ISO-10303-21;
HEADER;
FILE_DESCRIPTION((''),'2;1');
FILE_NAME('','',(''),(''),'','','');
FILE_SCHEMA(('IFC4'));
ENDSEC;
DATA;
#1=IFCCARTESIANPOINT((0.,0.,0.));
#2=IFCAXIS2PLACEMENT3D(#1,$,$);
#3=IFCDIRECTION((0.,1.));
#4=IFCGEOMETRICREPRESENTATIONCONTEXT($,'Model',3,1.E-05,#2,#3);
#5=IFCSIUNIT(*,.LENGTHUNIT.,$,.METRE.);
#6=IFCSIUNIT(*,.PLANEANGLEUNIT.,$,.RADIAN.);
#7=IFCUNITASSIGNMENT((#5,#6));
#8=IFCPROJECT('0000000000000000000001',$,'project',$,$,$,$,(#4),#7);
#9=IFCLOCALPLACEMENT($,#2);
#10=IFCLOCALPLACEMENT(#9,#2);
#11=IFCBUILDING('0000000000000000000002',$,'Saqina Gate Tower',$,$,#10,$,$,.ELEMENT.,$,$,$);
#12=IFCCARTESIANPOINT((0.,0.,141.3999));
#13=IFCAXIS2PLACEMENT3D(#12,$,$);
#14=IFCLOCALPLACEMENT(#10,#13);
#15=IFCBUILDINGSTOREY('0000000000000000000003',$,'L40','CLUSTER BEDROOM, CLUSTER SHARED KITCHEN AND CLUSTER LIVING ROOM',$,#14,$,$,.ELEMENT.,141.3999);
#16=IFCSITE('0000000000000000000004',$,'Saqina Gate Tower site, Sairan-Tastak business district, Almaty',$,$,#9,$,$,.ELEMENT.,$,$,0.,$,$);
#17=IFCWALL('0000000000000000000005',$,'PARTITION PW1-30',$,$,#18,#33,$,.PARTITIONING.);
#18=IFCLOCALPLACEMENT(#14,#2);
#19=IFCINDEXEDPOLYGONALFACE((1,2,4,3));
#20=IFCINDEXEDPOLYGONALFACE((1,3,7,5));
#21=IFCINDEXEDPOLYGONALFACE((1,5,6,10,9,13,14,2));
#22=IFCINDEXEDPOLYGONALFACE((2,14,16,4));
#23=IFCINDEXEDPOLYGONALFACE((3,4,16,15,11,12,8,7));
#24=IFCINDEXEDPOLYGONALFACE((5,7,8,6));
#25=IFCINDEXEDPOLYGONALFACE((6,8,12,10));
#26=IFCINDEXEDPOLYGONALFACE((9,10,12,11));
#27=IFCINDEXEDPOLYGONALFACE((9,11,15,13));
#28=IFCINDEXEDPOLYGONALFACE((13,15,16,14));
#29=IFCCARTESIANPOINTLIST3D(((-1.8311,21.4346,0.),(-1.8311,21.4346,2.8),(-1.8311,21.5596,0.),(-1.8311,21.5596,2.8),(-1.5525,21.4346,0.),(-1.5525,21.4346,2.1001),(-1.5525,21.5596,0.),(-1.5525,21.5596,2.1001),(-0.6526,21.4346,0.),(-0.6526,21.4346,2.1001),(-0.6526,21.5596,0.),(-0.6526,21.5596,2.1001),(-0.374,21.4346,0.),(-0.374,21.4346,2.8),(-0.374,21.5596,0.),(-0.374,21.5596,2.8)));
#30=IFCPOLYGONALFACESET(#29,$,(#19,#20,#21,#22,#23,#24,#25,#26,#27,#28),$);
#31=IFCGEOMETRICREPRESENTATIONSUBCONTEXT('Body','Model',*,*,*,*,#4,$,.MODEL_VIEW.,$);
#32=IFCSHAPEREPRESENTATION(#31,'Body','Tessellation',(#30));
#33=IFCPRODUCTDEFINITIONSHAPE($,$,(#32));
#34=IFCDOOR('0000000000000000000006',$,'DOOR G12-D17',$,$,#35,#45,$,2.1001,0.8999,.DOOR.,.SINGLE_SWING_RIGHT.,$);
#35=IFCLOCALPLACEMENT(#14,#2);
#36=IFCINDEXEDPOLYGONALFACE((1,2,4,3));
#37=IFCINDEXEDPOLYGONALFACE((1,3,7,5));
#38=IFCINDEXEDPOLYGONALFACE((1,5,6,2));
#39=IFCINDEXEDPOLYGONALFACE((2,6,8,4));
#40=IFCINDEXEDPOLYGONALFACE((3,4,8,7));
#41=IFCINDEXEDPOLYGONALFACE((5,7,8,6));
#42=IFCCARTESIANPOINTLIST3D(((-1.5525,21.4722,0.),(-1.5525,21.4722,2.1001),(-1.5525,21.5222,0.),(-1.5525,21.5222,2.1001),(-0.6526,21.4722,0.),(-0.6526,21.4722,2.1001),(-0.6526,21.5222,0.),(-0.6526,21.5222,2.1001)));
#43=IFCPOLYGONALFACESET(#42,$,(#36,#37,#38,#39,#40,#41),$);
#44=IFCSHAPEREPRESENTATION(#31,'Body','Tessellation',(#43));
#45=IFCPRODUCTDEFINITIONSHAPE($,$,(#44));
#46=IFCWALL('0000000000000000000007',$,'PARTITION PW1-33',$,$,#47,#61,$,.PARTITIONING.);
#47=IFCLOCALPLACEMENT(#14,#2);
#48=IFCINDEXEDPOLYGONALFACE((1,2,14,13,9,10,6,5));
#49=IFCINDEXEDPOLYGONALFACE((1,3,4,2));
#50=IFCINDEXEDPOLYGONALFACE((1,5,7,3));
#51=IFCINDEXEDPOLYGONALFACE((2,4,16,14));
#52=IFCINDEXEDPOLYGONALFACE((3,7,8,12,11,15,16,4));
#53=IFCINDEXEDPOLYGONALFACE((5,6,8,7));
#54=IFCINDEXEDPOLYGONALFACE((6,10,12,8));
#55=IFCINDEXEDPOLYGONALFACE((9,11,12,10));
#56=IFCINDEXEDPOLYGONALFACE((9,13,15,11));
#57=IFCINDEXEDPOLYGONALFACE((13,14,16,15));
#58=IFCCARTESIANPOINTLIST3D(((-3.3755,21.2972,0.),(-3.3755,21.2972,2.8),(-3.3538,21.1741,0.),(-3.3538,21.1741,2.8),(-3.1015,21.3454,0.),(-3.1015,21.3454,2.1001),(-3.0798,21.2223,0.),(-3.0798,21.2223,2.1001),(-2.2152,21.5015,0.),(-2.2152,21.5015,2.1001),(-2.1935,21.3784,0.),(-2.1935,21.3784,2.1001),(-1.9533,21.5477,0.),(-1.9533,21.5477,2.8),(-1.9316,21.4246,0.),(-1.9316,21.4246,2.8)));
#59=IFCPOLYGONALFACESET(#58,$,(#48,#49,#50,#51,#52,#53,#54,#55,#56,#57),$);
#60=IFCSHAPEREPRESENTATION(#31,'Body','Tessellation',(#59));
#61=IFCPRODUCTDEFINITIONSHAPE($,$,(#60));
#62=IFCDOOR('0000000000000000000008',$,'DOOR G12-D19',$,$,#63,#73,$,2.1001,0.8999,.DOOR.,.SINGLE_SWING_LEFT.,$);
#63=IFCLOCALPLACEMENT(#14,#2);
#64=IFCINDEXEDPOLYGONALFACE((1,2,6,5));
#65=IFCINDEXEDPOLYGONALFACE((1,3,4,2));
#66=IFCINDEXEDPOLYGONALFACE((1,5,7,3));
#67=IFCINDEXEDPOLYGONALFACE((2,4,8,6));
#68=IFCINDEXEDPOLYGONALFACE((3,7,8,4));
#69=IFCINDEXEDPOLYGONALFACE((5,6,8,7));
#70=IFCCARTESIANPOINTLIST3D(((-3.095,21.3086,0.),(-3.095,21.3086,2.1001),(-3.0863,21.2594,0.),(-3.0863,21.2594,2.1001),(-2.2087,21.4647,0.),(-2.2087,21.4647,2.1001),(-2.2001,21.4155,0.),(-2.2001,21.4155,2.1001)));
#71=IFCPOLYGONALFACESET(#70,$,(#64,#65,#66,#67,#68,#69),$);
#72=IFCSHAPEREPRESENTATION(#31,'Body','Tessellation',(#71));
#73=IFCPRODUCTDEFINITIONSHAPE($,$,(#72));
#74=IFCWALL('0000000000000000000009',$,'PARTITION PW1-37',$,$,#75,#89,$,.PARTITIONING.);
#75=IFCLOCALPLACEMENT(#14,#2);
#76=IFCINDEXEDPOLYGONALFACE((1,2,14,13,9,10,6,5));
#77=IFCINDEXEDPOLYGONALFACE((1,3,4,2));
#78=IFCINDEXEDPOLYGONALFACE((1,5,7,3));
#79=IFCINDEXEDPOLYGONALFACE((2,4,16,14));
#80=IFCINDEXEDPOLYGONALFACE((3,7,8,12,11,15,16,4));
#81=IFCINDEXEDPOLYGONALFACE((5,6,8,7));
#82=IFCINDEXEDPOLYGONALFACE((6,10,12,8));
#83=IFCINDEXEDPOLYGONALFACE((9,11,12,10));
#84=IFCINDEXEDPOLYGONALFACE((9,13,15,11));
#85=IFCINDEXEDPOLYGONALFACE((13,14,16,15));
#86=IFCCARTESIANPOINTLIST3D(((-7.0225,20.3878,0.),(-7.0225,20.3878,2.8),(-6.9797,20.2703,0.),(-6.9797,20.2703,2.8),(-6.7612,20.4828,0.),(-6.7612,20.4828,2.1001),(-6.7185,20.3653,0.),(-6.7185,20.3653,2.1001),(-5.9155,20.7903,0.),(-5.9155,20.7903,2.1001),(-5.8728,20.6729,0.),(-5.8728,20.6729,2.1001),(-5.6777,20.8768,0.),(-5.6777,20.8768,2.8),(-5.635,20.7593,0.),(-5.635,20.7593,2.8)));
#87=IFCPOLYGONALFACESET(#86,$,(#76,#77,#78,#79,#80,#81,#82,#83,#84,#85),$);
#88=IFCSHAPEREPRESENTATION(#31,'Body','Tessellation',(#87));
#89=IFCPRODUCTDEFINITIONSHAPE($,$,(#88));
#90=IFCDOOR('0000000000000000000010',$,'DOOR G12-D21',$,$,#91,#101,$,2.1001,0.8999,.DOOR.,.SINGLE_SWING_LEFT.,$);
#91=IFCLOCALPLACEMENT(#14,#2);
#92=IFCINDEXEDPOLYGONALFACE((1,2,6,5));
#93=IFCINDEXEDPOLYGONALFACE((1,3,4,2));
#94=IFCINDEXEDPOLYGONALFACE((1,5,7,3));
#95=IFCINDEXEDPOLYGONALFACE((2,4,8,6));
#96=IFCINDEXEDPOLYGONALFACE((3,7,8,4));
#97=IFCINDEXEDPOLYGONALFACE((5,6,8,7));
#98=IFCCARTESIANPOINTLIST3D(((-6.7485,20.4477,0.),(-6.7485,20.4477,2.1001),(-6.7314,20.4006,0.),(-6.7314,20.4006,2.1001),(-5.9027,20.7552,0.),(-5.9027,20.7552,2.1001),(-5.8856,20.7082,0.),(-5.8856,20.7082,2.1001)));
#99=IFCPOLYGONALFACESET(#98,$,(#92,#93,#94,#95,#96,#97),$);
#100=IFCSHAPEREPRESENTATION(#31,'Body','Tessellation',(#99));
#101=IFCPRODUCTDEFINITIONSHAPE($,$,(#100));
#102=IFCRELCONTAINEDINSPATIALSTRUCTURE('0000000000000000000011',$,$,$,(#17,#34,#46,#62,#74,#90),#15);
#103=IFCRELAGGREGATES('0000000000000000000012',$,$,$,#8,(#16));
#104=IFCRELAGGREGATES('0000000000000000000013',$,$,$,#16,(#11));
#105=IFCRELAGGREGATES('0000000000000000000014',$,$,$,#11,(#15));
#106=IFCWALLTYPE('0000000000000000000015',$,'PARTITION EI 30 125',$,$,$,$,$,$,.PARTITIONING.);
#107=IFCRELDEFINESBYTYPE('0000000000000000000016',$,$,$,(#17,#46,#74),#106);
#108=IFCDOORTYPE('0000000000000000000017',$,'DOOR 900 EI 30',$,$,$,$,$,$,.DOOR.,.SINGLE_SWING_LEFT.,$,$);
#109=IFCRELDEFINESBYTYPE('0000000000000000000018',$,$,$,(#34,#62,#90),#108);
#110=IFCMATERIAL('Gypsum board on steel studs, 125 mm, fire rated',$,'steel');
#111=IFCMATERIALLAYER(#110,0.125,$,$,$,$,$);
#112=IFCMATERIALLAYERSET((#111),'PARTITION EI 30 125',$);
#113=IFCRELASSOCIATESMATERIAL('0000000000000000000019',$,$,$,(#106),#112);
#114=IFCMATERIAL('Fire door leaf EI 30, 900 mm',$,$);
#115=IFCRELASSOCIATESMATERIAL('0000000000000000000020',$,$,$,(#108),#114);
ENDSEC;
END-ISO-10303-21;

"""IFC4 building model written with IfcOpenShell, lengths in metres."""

from ifc_helpers import new_model, si_unit, direction, frame, frame_2d, origin, place, context, subcontext, project, spatial, rectangle, extrude, material, layer, layer_set, type_object, element, fill, save


model = new_model("IFC4")

# Units and contexts
model_context = context("Model", 3, precision=1e-05, world=origin(), true_north=direction((0.0, 1.0)))
body_context = subcontext(model_context, "Body", "Model", "MODEL_VIEW")
ifc_project = project(units=[si_unit("LENGTHUNIT", "METRE"), si_unit("PLANEANGLEUNIT", "RADIAN")], contexts=[model_context])

# Site, building, storey
site_placement = place(None, origin())
site = spatial("IfcSite", under=ifc_project, at=site_placement, Name="Saqina Gate Tower site, Sairan-Tastak business district, Almaty", CompositionType="ELEMENT", RefElevation=0.0)
building_placement = place(site_placement, origin())
building = spatial("IfcBuilding", under=site, at=building_placement, Name="Saqina Gate Tower", CompositionType="ELEMENT")
storey_placement = place(building_placement, frame((0.0, 0.0, 141.3999)))
storey = spatial("IfcBuildingStorey", under=building, at=storey_placement, Name="L40", Description="CLUSTER BEDROOM, CLUSTER SHARED KITCHEN AND CLUSTER LIVING ROOM", CompositionType="ELEMENT", Elevation=141.3999)

# Shared definitions
ifc_material_1 = material(Name="Gypsum board on steel studs, 125 mm, fire rated", Category="steel")
ifc_layer_1 = layer(ifc_material_1, 0.125)
ifc_layer_set_1 = layer_set([ifc_layer_1], Name="PARTITION EI 30 125")
wall_type_1 = type_object("IfcWallType", Name="PARTITION EI 30 125", PredefinedType="PARTITIONING", material=ifc_layer_set_1)

# Walls, openings, doors
wall_1_placement = place(storey_placement, frame((-1.8311, 21.4971, 0.0), z_axis=(0.0, 0.0, 1.0), x_axis=(1.0, 0.0, 0.0)))
wall_1 = element("IfcWall", 1, at=wall_1_placement, inside=storey, type_object=wall_type_1, Name="PARTITION PW1-30", PredefinedType="PARTITIONING", context=body_context, shape_type="SweptSolid", body=[
    extrude(rectangle(XDim=1.457, YDim=0.125, at=frame_2d((0.7285, 0.0))), origin(), (0.0, 0.0, 1.0), 2.8),
])
opening_1_placement = place(wall_1_placement, frame((0.2786, 0.0, 0.0)))
opening_1 = element("IfcOpeningElement", 2, at=opening_1_placement, cuts=wall_1, PredefinedType="OPENING", context=body_context, shape_type="SweptSolid", body=[
    extrude(rectangle(XDim=0.8999, YDim=2.1001, at=frame_2d((0.45, 1.05))), frame((0.0, 0.0745, 0.0), z_axis=(0.0, -1.0, 0.0), x_axis=(1.0, 0.0, 0.0)), (0.0, 0.0, 1.0), 0.1489),
])
ifc_material_2 = material(Name="Fire door leaf EI 30, 900 mm")
door_type_1 = type_object("IfcDoorType", Name="DOOR 900 EI 30", OperationType="SINGLE_SWING_LEFT", PredefinedType="DOOR", material=ifc_material_2)
door_1_placement = place(opening_1_placement, frame((0.8999, 0.0, 0.0), z_axis=(0.0, 0.0, 1.0), x_axis=(-1.0, 0.0, 0.0)))
door_1 = element("IfcDoor", 3, at=door_1_placement, inside=storey, type_object=door_type_1, Name="DOOR G12-D17", OperationType="SINGLE_SWING_RIGHT", OverallHeight=2.1001, OverallWidth=0.8999, PredefinedType="DOOR", context=body_context, shape_type="SweptSolid", body=[
    extrude(rectangle(XDim=0.8999, YDim=2.1001, at=frame_2d((0.45, 1.05))), frame((0.0, 0.0249, 0.0), z_axis=(0.0, -1.0, 0.0), x_axis=(1.0, 0.0, 0.0)), (0.0, 0.0, 1.0), 0.05),
])
fill(opening_1, door_1)
wall_2_placement = place(storey_placement, frame((-3.3647, 21.2356, 0.0), z_axis=(0.0, 0.0, 1.0), x_axis=(0.98484, 0.173467, 0.0)))
wall_2 = element("IfcWall", 4, at=wall_2_placement, inside=storey, type_object=wall_type_1, Name="PARTITION PW1-33", PredefinedType="PARTITIONING", context=body_context, shape_type="SweptSolid", body=[
    extrude(rectangle(XDim=1.4441, YDim=0.125, at=frame_2d((0.7222, 0.0))), origin(), (0.0, 0.0, 1.0), 2.8),
])
opening_2_placement = place(wall_2_placement, frame((0.2783, 0.0, 0.0)))
opening_2 = element("IfcOpeningElement", 5, at=opening_2_placement, cuts=wall_2, PredefinedType="OPENING", context=body_context, shape_type="SweptSolid", body=[
    extrude(rectangle(XDim=0.8999, YDim=2.1001, at=frame_2d((0.45, 1.05))), frame((0.0, 0.0745, 0.0), z_axis=(0.0, -1.0, 0.0), x_axis=(1.0, 0.0, 0.0)), (0.0, 0.0, 1.0), 0.1489),
])
door_2_placement = place(opening_2_placement, frame((0.8999, 0.0, 0.0), z_axis=(0.0, 0.0, 1.0), x_axis=(-1.0, 0.0, 0.0)))
door_2 = element("IfcDoor", 6, at=door_2_placement, inside=storey, type_object=door_type_1, Name="DOOR G12-D19", OperationType="SINGLE_SWING_LEFT", OverallHeight=2.1001, OverallWidth=0.8999, PredefinedType="DOOR", context=body_context, shape_type="SweptSolid", body=[
    extrude(rectangle(XDim=0.8999, YDim=2.1001, at=frame_2d((0.45, 1.05))), frame((0.0, 0.0249, 0.0), z_axis=(0.0, -1.0, 0.0), x_axis=(1.0, 0.0, 0.0)), (0.0, 0.0, 1.0), 0.05),
])
fill(opening_2, door_2)
wall_3_placement = place(storey_placement, frame((-7.001, 20.3291, 0.0), z_axis=(0.0, 0.0, 1.0), x_axis=(0.939788, 0.341757, 0.0)))
wall_3 = element("IfcWall", 7, at=wall_3_placement, inside=storey, type_object=wall_type_1, Name="PARTITION PW1-37", PredefinedType="PARTITIONING", context=body_context, shape_type="SweptSolid", body=[
    extrude(rectangle(XDim=1.4309, YDim=0.125, at=frame_2d((0.7153, 0.0))), origin(), (0.0, 0.0, 1.0), 2.8),
])
opening_3_placement = place(wall_3_placement, frame((0.2778, 0.0, 0.0)))
opening_3 = element("IfcOpeningElement", 8, at=opening_3_placement, cuts=wall_3, PredefinedType="OPENING", context=body_context, shape_type="SweptSolid", body=[
    extrude(rectangle(XDim=0.8999, YDim=2.1001, at=frame_2d((0.45, 1.05))), frame((0.0, 0.0745, 0.0), z_axis=(0.0, -1.0, 0.0), x_axis=(1.0, 0.0, 0.0)), (0.0, 0.0, 1.0), 0.1489),
])
door_3_placement = place(opening_3_placement, frame((0.8999, 0.0, 0.0), z_axis=(0.0, 0.0, 1.0), x_axis=(-1.0, 0.0, 0.0)))
door_3 = element("IfcDoor", 9, at=door_3_placement, inside=storey, type_object=door_type_1, Name="DOOR G12-D21", OperationType="SINGLE_SWING_LEFT", OverallHeight=2.1001, OverallWidth=0.8999, PredefinedType="DOOR", context=body_context, shape_type="SweptSolid", body=[
    extrude(rectangle(XDim=0.8999, YDim=2.1001, at=frame_2d((0.45, 1.05))), frame((0.0, 0.0249, 0.0), z_axis=(0.0, -1.0, 0.0), x_axis=(1.0, 0.0, 0.0)), (0.0, 0.0, 1.0), 0.05),
])
fill(opening_3, door_3)

save(model, "model.ifc")
